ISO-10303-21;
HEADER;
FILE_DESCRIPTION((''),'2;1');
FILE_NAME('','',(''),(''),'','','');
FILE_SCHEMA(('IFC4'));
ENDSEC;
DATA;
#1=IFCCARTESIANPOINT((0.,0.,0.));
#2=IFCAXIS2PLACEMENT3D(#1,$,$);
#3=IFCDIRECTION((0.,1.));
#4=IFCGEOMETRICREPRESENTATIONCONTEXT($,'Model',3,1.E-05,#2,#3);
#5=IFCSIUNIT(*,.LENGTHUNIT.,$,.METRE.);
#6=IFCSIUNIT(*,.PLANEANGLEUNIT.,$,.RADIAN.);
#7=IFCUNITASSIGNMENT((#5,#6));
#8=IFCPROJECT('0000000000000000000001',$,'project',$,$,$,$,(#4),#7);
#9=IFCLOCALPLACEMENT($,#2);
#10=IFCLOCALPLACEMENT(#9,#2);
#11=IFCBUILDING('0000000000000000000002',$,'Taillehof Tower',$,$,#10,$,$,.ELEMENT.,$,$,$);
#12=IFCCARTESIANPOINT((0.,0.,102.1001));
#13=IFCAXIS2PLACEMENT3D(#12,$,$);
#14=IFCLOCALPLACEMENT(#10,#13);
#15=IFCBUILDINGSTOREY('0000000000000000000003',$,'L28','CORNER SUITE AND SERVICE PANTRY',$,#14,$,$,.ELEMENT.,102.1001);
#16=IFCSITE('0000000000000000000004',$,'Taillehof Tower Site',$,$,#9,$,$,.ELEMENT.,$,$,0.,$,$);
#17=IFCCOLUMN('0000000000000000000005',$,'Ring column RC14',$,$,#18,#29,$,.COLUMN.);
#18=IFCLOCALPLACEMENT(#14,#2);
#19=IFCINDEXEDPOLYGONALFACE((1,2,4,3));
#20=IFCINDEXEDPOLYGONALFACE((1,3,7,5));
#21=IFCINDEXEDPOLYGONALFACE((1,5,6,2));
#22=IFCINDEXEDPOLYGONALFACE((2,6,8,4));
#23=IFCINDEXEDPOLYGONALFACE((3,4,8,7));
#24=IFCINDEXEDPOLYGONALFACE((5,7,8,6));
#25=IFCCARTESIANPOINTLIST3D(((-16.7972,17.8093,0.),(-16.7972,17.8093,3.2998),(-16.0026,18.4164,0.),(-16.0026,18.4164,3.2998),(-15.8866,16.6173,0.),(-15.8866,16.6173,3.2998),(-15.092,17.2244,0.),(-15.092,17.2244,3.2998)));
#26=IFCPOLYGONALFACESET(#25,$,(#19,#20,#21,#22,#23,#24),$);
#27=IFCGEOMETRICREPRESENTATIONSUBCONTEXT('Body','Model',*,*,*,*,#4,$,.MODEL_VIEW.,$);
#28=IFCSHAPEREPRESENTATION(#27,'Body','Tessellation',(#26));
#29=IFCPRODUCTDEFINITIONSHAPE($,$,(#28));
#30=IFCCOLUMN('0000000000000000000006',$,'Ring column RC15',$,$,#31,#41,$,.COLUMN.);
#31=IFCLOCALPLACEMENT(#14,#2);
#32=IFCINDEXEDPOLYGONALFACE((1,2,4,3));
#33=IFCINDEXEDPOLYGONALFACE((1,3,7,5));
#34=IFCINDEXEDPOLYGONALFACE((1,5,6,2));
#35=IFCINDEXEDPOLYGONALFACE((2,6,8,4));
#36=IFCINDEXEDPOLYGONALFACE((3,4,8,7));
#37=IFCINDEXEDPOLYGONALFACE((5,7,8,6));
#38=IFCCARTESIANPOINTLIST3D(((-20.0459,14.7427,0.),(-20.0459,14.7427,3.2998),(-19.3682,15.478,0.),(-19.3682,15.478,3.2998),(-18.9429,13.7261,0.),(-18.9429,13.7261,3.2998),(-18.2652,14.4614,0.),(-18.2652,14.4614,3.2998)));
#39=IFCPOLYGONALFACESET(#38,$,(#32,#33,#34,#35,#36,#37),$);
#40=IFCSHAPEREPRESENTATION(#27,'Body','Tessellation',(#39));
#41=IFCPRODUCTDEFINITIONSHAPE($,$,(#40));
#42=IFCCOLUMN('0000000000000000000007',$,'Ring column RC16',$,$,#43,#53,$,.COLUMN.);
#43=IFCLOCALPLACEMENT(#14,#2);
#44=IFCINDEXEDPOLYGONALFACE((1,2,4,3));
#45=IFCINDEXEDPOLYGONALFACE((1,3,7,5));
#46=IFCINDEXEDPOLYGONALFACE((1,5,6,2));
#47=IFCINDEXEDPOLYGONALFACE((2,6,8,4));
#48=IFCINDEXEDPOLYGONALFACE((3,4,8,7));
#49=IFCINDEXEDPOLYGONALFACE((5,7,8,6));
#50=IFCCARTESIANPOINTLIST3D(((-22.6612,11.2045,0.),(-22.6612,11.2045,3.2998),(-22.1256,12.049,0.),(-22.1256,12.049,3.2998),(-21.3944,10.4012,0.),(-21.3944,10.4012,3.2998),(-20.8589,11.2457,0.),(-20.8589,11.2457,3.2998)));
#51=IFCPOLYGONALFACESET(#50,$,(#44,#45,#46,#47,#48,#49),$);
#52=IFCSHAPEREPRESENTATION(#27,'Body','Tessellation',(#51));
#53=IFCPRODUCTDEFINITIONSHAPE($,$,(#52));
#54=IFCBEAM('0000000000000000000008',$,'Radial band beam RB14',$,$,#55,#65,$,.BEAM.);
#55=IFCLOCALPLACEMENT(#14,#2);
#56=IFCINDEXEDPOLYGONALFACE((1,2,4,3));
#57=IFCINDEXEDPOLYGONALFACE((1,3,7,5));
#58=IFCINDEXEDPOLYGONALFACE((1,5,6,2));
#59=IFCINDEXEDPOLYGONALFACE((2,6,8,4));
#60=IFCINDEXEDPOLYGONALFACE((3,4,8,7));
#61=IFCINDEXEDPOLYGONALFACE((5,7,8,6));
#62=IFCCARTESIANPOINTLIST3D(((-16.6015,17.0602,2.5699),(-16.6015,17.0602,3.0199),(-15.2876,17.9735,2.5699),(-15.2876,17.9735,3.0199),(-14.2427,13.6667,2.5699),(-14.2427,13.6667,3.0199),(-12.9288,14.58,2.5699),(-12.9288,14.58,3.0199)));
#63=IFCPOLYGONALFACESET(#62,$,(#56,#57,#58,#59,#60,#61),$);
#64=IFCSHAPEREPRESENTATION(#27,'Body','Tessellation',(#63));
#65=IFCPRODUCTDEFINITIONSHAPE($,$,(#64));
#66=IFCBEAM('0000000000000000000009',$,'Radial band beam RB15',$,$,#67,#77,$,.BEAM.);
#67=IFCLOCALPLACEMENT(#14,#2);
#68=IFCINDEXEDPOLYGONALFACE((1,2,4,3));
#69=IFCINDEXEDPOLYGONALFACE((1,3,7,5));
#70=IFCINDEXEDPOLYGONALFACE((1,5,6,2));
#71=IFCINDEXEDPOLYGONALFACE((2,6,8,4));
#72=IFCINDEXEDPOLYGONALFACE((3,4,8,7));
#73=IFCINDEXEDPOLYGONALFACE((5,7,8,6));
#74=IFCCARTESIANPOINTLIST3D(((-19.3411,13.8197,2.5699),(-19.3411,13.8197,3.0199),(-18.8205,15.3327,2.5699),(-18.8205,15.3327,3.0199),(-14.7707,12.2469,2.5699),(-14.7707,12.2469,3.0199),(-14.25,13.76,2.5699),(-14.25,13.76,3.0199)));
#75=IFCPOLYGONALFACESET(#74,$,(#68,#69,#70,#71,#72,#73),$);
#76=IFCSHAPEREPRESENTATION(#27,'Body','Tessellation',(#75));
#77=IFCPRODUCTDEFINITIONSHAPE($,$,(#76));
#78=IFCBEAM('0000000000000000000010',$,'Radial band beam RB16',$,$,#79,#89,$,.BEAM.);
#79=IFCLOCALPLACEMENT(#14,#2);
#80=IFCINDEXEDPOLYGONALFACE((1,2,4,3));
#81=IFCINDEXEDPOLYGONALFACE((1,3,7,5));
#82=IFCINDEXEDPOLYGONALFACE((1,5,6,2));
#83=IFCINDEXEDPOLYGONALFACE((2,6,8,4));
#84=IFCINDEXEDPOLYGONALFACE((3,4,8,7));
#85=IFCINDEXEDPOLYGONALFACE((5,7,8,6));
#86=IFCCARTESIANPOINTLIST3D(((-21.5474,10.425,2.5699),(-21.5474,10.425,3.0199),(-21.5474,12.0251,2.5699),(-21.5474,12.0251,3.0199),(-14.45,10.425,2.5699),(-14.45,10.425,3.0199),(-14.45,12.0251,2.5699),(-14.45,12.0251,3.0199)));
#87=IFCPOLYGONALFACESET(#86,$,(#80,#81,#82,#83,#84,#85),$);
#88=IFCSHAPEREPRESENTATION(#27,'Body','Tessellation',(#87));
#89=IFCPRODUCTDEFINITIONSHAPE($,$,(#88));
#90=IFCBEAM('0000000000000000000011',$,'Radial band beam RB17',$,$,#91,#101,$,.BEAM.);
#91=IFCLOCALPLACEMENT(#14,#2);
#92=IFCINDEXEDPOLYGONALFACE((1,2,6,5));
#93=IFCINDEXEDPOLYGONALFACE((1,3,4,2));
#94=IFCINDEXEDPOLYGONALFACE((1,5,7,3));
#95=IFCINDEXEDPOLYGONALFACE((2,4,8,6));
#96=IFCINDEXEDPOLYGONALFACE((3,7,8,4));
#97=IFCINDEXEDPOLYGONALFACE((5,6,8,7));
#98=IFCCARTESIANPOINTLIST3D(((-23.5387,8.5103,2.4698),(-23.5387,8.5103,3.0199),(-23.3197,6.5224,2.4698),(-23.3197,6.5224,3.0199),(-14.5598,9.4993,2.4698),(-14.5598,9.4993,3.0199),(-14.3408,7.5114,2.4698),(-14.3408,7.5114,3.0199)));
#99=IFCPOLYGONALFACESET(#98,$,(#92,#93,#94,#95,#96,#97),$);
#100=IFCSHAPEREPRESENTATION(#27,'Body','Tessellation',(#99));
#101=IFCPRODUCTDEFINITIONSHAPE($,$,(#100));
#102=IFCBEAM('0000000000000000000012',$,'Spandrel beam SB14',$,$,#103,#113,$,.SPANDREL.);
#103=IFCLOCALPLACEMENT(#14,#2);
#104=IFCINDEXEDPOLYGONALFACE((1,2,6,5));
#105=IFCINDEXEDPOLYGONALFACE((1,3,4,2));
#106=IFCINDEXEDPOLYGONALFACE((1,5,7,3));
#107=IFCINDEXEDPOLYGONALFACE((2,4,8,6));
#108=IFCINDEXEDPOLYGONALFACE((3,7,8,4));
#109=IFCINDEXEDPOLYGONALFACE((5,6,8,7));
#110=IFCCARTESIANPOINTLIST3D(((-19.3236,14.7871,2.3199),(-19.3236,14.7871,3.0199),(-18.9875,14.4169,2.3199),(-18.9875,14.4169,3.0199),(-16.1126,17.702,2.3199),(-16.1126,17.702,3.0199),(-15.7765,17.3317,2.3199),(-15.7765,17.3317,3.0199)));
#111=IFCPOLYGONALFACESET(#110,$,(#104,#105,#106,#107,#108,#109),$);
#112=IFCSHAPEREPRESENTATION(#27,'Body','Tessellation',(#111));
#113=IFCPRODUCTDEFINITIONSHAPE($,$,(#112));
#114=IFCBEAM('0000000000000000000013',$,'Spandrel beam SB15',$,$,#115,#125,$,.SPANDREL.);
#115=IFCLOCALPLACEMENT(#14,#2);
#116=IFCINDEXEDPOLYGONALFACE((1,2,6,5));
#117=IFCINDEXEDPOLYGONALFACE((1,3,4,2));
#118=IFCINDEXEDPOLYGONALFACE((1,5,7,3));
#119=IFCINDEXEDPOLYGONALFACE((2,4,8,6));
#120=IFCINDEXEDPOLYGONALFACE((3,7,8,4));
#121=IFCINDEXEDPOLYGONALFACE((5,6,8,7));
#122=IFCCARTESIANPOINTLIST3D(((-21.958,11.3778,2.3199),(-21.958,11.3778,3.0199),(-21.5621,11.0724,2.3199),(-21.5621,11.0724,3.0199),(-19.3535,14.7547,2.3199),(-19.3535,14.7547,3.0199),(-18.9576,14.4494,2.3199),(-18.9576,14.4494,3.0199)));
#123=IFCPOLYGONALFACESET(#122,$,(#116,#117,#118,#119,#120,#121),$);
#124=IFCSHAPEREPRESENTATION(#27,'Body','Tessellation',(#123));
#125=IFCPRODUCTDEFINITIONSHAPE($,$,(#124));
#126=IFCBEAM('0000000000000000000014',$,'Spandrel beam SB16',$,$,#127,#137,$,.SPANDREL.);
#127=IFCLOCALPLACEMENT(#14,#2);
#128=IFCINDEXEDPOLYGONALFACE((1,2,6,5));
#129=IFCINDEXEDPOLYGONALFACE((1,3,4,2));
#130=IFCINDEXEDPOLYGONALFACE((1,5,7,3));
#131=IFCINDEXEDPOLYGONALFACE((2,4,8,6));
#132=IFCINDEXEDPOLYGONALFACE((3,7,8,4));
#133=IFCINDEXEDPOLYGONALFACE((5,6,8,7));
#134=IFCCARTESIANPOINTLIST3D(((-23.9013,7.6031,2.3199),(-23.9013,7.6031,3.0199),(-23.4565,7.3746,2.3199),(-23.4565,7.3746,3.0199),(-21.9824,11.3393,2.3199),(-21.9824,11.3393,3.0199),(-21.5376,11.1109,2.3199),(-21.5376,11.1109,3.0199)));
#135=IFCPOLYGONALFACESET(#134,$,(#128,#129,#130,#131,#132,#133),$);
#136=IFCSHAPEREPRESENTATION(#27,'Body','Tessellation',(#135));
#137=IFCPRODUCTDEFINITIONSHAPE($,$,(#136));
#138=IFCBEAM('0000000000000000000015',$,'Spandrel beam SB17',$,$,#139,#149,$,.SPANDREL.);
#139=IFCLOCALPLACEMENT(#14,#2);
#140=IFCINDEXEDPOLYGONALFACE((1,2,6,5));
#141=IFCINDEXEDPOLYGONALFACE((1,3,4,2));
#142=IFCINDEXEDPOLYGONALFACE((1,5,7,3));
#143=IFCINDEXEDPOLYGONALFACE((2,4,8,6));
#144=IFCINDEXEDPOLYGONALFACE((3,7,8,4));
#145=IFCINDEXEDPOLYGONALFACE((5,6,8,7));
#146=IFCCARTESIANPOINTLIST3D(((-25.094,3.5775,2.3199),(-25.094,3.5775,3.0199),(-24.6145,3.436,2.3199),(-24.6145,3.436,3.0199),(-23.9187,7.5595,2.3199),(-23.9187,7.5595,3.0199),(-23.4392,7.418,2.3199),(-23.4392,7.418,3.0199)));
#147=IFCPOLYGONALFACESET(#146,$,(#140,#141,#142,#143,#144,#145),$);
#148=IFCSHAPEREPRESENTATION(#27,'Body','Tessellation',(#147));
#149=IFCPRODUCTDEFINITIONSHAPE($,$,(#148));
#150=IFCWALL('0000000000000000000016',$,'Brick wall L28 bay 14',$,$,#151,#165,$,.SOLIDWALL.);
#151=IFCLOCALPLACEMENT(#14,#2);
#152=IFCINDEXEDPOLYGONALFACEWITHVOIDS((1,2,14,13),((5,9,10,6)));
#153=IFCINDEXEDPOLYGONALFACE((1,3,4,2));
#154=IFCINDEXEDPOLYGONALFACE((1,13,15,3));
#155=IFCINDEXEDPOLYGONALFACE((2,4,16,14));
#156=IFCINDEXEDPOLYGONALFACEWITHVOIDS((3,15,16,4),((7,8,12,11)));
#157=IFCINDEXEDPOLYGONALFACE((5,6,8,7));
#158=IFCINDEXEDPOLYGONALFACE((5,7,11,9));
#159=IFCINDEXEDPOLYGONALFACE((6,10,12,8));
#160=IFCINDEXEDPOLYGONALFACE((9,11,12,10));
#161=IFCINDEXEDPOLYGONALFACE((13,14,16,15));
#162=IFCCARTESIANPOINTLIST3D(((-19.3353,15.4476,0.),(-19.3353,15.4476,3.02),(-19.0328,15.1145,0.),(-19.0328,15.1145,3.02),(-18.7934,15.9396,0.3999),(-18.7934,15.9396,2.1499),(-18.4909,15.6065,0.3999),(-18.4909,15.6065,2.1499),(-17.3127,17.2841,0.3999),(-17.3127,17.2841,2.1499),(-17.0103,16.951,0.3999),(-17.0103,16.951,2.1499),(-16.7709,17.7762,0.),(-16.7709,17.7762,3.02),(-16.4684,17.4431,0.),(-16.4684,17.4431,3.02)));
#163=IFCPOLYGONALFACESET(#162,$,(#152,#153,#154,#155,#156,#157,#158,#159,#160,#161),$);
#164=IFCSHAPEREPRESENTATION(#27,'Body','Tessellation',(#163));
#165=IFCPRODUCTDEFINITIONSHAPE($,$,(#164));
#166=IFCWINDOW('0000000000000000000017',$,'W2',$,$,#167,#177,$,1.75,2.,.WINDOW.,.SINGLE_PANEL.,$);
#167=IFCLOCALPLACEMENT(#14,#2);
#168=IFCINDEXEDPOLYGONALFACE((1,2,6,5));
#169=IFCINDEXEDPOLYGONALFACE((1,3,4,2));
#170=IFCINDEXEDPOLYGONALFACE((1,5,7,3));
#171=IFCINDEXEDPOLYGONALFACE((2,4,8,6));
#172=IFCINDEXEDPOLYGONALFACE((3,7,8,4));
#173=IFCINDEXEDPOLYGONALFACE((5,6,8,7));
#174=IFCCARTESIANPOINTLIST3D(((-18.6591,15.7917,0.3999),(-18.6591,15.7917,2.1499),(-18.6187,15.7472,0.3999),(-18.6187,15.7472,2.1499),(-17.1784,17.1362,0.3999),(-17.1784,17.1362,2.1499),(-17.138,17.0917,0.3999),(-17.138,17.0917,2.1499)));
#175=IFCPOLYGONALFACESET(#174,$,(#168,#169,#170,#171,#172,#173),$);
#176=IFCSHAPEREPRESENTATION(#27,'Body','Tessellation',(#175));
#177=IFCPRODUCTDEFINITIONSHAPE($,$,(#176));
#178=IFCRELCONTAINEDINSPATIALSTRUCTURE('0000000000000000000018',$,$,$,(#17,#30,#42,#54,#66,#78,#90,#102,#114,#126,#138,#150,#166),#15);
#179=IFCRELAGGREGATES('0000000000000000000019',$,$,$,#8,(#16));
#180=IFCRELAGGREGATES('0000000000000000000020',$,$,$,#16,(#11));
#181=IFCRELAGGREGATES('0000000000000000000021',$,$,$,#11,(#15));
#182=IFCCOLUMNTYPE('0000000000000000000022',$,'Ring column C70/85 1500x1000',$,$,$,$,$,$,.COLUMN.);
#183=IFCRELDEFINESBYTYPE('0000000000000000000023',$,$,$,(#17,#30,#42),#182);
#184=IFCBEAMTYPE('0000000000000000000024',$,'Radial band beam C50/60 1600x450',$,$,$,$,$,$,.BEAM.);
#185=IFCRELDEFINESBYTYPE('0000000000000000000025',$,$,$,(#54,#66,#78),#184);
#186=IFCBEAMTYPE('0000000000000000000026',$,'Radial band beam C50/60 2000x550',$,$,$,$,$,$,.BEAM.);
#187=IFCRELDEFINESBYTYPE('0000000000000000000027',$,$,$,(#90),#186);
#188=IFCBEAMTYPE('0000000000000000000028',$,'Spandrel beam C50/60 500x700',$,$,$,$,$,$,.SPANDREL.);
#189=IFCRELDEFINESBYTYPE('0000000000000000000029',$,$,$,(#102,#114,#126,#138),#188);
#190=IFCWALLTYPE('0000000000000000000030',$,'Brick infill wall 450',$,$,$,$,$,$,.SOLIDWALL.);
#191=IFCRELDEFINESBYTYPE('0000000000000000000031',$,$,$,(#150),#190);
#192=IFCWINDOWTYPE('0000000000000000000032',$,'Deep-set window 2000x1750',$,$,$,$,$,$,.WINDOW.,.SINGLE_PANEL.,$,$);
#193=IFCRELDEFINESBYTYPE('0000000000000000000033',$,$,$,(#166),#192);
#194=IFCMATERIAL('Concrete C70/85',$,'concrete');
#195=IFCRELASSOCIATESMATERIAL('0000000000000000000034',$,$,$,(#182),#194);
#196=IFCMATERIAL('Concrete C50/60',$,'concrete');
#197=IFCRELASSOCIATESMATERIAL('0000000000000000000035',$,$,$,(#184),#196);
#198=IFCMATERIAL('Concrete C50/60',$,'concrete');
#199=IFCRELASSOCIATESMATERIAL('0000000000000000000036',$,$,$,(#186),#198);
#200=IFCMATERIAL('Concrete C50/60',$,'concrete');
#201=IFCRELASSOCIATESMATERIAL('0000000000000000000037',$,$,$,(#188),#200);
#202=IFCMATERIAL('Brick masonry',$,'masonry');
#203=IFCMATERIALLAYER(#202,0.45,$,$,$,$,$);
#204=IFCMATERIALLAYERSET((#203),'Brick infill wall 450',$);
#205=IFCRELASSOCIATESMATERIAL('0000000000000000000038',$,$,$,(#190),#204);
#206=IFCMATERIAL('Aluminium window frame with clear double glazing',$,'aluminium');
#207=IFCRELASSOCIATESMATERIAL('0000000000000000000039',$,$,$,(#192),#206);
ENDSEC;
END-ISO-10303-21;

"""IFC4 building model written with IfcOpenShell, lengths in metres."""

from ifc_helpers import new_model, si_unit, direction, frame, frame_2d, origin, origin_2d, place, context, subcontext, project, spatial, rectangle, extrude, material, layer, layer_set, material_profile, profile_set, type_object, element, fill, save


model = new_model("IFC4")

# Units and contexts
model_context = context("Model", 3, precision=1e-05, world=origin(), true_north=direction((0.0, 1.0)))
body_context = subcontext(model_context, "Body", "Model", "MODEL_VIEW")
ifc_project = project(units=[si_unit("LENGTHUNIT", "METRE"), si_unit("PLANEANGLEUNIT", "RADIAN")], contexts=[model_context])

# Site, building, storey
site_placement = place(None, origin())
site = spatial("IfcSite", under=ifc_project, at=site_placement, Name="Taillehof Tower Site", CompositionType="ELEMENT", RefElevation=0.0)
building_placement = place(site_placement, origin())
building = spatial("IfcBuilding", under=site, at=building_placement, Name="Taillehof Tower", CompositionType="ELEMENT")
storey_placement = place(building_placement, frame((0.0, 0.0, 102.1001)))
storey = spatial("IfcBuildingStorey", under=building, at=storey_placement, Name="L28", Description="CORNER SUITE AND SERVICE PANTRY", CompositionType="ELEMENT", Elevation=102.1001)

# Columns
ifc_material_1 = material(Name="Concrete C70/85", Category="concrete")
ifc_material_profile_1 = material_profile(ifc_material_1, rectangle(XDim=1.5, YDim=1.0, at=origin_2d()), Name="RC 1500x1000")
ifc_profile_set_1 = profile_set([ifc_material_profile_1], Name="Concrete C70/85")
column_type = type_object("IfcColumnType", Name="Ring column C70/85 1500x1000", PredefinedType="COLUMN", material=ifc_profile_set_1)
for number, where, z_axis, x_axis, name in (
    (1, (-15.9446, 17.5168, 0.0), (0.0, 0.0, 1.0), (-0.607074, 0.794645, 0.0), "Ring column RC14"),
    (2, (-19.1555, 14.6021, 0.0), (0.0, 0.0, 1.0), (-0.735332, 0.677707, 0.0), "Ring column RC15"),
    (3, (-21.76, 11.2251, 0.0), (0.0, 0.0, 1.0), (-0.844511, 0.535537, 0.0), "Ring column RC16"),
):
    element("IfcColumn", number, at=place(storey_placement, frame(where, z_axis=z_axis, x_axis=x_axis)), inside=storey, type_object=column_type, Name=name, PredefinedType="COLUMN", context=body_context, shape_type="SweptSolid", body=[
        extrude(rectangle(XDim=1.5, YDim=1.0, at=origin_2d()), origin(), (0.0, 0.0, 1.0), 3.2998),
    ])

# Beams
ifc_material_2 = material(Name="Concrete C50/60", Category="concrete")
ifc_material_profile_2 = material_profile(ifc_material_2, rectangle(XDim=1.6001, YDim=0.45, at=origin_2d()), Name="RC 1600x450")
ifc_profile_set_2 = profile_set([ifc_material_profile_2], Name="Concrete C50/60")
beam_type_1 = type_object("IfcBeamType", Name="Radial band beam C50/60 1600x450", PredefinedType="BEAM", material=ifc_profile_set_2)
beam_1_placement = place(storey_placement, frame((-15.9446, 17.5168, 2.7949), z_axis=(0.570763, -0.821115, 0.0), x_axis=(0.821115, 0.570763, 0.0)))
element("IfcBeam", 4, at=beam_1_placement, inside=storey, type_object=beam_type_1, Name="Radial band beam RB14", PredefinedType="BEAM", context=body_context, shape_type="SweptSolid", body=[
    extrude(rectangle(XDim=1.6001, YDim=0.45, at=origin_2d()), origin(), (0.0, 0.0, 1.0), 4.1328),
])
beam_2_placement = place(storey_placement, frame((-19.0808, 14.5762, 2.7949), z_axis=(0.945583, -0.32538, 0.0), x_axis=(0.32538, 0.945583, 0.0)))
element("IfcBeam", 5, at=beam_2_placement, inside=storey, type_object=beam_type_1, Name="Radial band beam RB15", PredefinedType="BEAM", context=body_context, shape_type="SweptSolid", body=[
    extrude(rectangle(XDim=1.6001, YDim=0.45, at=origin_2d()), origin(), (0.0, 0.0, 1.0), 4.8335),
])
beam_3_placement = place(storey_placement, frame((-21.5474, 11.2251, 2.7949), z_axis=(1.0, 0.0, 0.0), x_axis=(0.0, 1.0, 0.0)))
element("IfcBeam", 6, at=beam_3_placement, inside=storey, type_object=beam_type_1, Name="Radial band beam RB16", PredefinedType="BEAM", context=body_context, shape_type="SweptSolid", body=[
    extrude(rectangle(XDim=1.6001, YDim=0.45, at=origin_2d()), origin(), (0.0, 0.0, 1.0), 7.0974),
])
ifc_material_3 = material(Name="Concrete C50/60", Category="concrete")
ifc_material_profile_3 = material_profile(ifc_material_3, rectangle(XDim=2.0, YDim=0.55, at=origin_2d()), Name="RC 2000x550")
ifc_profile_set_3 = profile_set([ifc_material_profile_3], Name="Concrete C50/60")
beam_type_2 = type_object("IfcBeamType", Name="Radial band beam C50/60 2000x550", PredefinedType="BEAM", material=ifc_profile_set_3)
beam_4_placement = place(storey_placement, frame((-23.4292, 7.5164, 2.7449), z_axis=(0.993988, 0.109485, 0.0), x_axis=(-0.109485, 0.993988, 0.0)))
element("IfcBeam", 7, at=beam_4_placement, inside=storey, type_object=beam_type_2, Name="Radial band beam RB17", PredefinedType="BEAM", context=body_context, shape_type="SweptSolid", body=[
    extrude(rectangle(XDim=2.0, YDim=0.55, at=origin_2d()), origin(), (0.0, 0.0, 1.0), 9.0332),
])
ifc_material_4 = material(Name="Concrete C50/60", Category="concrete")
ifc_material_profile_4 = material_profile(ifc_material_4, rectangle(XDim=0.5, YDim=0.7, at=origin_2d()), Name="RC 500x700")
ifc_profile_set_4 = profile_set([ifc_material_profile_4], Name="Concrete C50/60")
beam_type_3 = type_object("IfcBeamType", Name="Spandrel beam C50/60 500x700", PredefinedType="SPANDREL", material=ifc_profile_set_4)
beam_5_placement = place(storey_placement, frame((-15.9446, 17.5168, 2.6699), z_axis=(-0.740426, -0.672137, 0.0), x_axis=(0.672137, -0.740426, 0.0)))
element("IfcBeam", 8, at=beam_5_placement, inside=storey, type_object=beam_type_3, Name="Spandrel beam SB14", PredefinedType="SPANDREL", context=body_context, shape_type="SweptSolid", body=[
    extrude(rectangle(XDim=0.5, YDim=0.7, at=origin_2d()), origin(), (0.0, 0.0, 1.0), 4.3367),
])
beam_6_placement = place(storey_placement, frame((-19.1555, 14.6021, 2.6699), z_axis=(-0.610717, -0.791849, 0.0), x_axis=(0.791849, -0.610717, 0.0)))
element("IfcBeam", 9, at=beam_6_placement, inside=storey, type_object=beam_type_3, Name="Spandrel beam SB15", PredefinedType="SPANDREL", context=body_context, shape_type="SweptSolid", body=[
    extrude(rectangle(XDim=0.5, YDim=0.7, at=origin_2d()), origin(), (0.0, 0.0, 1.0), 4.2646),
])
beam_7_placement = place(storey_placement, frame((-21.76, 11.2251, 2.6699), z_axis=(-0.456859, -0.889539, 0.0), x_axis=(0.889539, -0.456859, 0.0)))
element("IfcBeam", 10, at=beam_7_placement, inside=storey, type_object=beam_type_3, Name="Spandrel beam SB16", PredefinedType="SPANDREL", context=body_context, shape_type="SweptSolid", body=[
    extrude(rectangle(XDim=0.5, YDim=0.7, at=origin_2d()), origin(), (0.0, 0.0, 1.0), 4.2002),
])
beam_8_placement = place(storey_placement, frame((-23.679, 7.4888, 2.6699), z_axis=(-0.283083, -0.959095, 0.0), x_axis=(0.959095, -0.283083, 0.0)))
element("IfcBeam", 11, at=beam_8_placement, inside=storey, type_object=beam_type_3, Name="Spandrel beam SB17", PredefinedType="SPANDREL", context=body_context, shape_type="SweptSolid", body=[
    extrude(rectangle(XDim=0.5, YDim=0.7, at=origin_2d()), origin(), (0.0, 0.0, 1.0), 4.1519),
])

# Wall, opening, window
ifc_material_5 = material(Name="Brick masonry", Category="masonry")
ifc_layer_1 = layer(ifc_material_5, 0.45)
ifc_layer_set_1 = layer_set([ifc_layer_1], Name="Brick infill wall 450")
wall_type_1 = type_object("IfcWallType", Name="Brick infill wall 450", PredefinedType="SOLIDWALL", material=ifc_layer_set_1)
wall_1_placement = place(storey_placement, frame((-16.6196, 17.6096, 0.0), z_axis=(0.0, 0.0, 1.0), x_axis=(-0.740329, -0.672245, 0.0)))
wall_1 = element("IfcWall", 12, at=wall_1_placement, inside=storey, type_object=wall_type_1, Name="Brick wall L28 bay 14", PredefinedType="SOLIDWALL", context=body_context, shape_type="SweptSolid", body=[
    extrude(rectangle(XDim=3.4639, YDim=0.45, at=frame_2d((1.7319, 0.0))), origin(), (0.0, 0.0, 1.0), 3.02),
])
opening_1_placement = place(wall_1_placement, frame((0.7319, 0.0, 0.3999)))
opening_1 = element("IfcOpeningElement", 13, at=opening_1_placement, cuts=wall_1, PredefinedType="OPENING", context=body_context, shape_type="SweptSolid", body=[
    extrude(rectangle(XDim=2.0, YDim=1.75, at=frame_2d((1.0, 0.875))), frame((0.0, 0.2349, 0.0), z_axis=(0.0, -1.0, 0.0), x_axis=(1.0, 0.0, 0.0)), (0.0, 0.0, 1.0), 0.47),
])
ifc_material_6 = material(Name="Aluminium window frame with clear double glazing", Category="aluminium")
window_type = type_object("IfcWindowType", Name="Deep-set window 2000x1750", PartitioningType="SINGLE_PANEL", PredefinedType="WINDOW", material=ifc_material_6)
window_1_placement = place(opening_1_placement, origin())
window_1 = element("IfcWindow", 14, at=window_1_placement, inside=storey, type_object=window_type, Name="W2", OverallHeight=1.75, OverallWidth=2.0, PartitioningType="SINGLE_PANEL", PredefinedType="WINDOW", context=body_context, shape_type="SweptSolid", body=[
    extrude(rectangle(XDim=2.0, YDim=1.75, at=frame_2d((1.0, 0.875))), frame((0.0, 0.0349, 0.0), z_axis=(0.0, -1.0, 0.0), x_axis=(1.0, 0.0, 0.0)), (0.0, 0.0, 1.0), 0.0601),
])
fill(opening_1, window_1)

save(model, "model.ifc")
